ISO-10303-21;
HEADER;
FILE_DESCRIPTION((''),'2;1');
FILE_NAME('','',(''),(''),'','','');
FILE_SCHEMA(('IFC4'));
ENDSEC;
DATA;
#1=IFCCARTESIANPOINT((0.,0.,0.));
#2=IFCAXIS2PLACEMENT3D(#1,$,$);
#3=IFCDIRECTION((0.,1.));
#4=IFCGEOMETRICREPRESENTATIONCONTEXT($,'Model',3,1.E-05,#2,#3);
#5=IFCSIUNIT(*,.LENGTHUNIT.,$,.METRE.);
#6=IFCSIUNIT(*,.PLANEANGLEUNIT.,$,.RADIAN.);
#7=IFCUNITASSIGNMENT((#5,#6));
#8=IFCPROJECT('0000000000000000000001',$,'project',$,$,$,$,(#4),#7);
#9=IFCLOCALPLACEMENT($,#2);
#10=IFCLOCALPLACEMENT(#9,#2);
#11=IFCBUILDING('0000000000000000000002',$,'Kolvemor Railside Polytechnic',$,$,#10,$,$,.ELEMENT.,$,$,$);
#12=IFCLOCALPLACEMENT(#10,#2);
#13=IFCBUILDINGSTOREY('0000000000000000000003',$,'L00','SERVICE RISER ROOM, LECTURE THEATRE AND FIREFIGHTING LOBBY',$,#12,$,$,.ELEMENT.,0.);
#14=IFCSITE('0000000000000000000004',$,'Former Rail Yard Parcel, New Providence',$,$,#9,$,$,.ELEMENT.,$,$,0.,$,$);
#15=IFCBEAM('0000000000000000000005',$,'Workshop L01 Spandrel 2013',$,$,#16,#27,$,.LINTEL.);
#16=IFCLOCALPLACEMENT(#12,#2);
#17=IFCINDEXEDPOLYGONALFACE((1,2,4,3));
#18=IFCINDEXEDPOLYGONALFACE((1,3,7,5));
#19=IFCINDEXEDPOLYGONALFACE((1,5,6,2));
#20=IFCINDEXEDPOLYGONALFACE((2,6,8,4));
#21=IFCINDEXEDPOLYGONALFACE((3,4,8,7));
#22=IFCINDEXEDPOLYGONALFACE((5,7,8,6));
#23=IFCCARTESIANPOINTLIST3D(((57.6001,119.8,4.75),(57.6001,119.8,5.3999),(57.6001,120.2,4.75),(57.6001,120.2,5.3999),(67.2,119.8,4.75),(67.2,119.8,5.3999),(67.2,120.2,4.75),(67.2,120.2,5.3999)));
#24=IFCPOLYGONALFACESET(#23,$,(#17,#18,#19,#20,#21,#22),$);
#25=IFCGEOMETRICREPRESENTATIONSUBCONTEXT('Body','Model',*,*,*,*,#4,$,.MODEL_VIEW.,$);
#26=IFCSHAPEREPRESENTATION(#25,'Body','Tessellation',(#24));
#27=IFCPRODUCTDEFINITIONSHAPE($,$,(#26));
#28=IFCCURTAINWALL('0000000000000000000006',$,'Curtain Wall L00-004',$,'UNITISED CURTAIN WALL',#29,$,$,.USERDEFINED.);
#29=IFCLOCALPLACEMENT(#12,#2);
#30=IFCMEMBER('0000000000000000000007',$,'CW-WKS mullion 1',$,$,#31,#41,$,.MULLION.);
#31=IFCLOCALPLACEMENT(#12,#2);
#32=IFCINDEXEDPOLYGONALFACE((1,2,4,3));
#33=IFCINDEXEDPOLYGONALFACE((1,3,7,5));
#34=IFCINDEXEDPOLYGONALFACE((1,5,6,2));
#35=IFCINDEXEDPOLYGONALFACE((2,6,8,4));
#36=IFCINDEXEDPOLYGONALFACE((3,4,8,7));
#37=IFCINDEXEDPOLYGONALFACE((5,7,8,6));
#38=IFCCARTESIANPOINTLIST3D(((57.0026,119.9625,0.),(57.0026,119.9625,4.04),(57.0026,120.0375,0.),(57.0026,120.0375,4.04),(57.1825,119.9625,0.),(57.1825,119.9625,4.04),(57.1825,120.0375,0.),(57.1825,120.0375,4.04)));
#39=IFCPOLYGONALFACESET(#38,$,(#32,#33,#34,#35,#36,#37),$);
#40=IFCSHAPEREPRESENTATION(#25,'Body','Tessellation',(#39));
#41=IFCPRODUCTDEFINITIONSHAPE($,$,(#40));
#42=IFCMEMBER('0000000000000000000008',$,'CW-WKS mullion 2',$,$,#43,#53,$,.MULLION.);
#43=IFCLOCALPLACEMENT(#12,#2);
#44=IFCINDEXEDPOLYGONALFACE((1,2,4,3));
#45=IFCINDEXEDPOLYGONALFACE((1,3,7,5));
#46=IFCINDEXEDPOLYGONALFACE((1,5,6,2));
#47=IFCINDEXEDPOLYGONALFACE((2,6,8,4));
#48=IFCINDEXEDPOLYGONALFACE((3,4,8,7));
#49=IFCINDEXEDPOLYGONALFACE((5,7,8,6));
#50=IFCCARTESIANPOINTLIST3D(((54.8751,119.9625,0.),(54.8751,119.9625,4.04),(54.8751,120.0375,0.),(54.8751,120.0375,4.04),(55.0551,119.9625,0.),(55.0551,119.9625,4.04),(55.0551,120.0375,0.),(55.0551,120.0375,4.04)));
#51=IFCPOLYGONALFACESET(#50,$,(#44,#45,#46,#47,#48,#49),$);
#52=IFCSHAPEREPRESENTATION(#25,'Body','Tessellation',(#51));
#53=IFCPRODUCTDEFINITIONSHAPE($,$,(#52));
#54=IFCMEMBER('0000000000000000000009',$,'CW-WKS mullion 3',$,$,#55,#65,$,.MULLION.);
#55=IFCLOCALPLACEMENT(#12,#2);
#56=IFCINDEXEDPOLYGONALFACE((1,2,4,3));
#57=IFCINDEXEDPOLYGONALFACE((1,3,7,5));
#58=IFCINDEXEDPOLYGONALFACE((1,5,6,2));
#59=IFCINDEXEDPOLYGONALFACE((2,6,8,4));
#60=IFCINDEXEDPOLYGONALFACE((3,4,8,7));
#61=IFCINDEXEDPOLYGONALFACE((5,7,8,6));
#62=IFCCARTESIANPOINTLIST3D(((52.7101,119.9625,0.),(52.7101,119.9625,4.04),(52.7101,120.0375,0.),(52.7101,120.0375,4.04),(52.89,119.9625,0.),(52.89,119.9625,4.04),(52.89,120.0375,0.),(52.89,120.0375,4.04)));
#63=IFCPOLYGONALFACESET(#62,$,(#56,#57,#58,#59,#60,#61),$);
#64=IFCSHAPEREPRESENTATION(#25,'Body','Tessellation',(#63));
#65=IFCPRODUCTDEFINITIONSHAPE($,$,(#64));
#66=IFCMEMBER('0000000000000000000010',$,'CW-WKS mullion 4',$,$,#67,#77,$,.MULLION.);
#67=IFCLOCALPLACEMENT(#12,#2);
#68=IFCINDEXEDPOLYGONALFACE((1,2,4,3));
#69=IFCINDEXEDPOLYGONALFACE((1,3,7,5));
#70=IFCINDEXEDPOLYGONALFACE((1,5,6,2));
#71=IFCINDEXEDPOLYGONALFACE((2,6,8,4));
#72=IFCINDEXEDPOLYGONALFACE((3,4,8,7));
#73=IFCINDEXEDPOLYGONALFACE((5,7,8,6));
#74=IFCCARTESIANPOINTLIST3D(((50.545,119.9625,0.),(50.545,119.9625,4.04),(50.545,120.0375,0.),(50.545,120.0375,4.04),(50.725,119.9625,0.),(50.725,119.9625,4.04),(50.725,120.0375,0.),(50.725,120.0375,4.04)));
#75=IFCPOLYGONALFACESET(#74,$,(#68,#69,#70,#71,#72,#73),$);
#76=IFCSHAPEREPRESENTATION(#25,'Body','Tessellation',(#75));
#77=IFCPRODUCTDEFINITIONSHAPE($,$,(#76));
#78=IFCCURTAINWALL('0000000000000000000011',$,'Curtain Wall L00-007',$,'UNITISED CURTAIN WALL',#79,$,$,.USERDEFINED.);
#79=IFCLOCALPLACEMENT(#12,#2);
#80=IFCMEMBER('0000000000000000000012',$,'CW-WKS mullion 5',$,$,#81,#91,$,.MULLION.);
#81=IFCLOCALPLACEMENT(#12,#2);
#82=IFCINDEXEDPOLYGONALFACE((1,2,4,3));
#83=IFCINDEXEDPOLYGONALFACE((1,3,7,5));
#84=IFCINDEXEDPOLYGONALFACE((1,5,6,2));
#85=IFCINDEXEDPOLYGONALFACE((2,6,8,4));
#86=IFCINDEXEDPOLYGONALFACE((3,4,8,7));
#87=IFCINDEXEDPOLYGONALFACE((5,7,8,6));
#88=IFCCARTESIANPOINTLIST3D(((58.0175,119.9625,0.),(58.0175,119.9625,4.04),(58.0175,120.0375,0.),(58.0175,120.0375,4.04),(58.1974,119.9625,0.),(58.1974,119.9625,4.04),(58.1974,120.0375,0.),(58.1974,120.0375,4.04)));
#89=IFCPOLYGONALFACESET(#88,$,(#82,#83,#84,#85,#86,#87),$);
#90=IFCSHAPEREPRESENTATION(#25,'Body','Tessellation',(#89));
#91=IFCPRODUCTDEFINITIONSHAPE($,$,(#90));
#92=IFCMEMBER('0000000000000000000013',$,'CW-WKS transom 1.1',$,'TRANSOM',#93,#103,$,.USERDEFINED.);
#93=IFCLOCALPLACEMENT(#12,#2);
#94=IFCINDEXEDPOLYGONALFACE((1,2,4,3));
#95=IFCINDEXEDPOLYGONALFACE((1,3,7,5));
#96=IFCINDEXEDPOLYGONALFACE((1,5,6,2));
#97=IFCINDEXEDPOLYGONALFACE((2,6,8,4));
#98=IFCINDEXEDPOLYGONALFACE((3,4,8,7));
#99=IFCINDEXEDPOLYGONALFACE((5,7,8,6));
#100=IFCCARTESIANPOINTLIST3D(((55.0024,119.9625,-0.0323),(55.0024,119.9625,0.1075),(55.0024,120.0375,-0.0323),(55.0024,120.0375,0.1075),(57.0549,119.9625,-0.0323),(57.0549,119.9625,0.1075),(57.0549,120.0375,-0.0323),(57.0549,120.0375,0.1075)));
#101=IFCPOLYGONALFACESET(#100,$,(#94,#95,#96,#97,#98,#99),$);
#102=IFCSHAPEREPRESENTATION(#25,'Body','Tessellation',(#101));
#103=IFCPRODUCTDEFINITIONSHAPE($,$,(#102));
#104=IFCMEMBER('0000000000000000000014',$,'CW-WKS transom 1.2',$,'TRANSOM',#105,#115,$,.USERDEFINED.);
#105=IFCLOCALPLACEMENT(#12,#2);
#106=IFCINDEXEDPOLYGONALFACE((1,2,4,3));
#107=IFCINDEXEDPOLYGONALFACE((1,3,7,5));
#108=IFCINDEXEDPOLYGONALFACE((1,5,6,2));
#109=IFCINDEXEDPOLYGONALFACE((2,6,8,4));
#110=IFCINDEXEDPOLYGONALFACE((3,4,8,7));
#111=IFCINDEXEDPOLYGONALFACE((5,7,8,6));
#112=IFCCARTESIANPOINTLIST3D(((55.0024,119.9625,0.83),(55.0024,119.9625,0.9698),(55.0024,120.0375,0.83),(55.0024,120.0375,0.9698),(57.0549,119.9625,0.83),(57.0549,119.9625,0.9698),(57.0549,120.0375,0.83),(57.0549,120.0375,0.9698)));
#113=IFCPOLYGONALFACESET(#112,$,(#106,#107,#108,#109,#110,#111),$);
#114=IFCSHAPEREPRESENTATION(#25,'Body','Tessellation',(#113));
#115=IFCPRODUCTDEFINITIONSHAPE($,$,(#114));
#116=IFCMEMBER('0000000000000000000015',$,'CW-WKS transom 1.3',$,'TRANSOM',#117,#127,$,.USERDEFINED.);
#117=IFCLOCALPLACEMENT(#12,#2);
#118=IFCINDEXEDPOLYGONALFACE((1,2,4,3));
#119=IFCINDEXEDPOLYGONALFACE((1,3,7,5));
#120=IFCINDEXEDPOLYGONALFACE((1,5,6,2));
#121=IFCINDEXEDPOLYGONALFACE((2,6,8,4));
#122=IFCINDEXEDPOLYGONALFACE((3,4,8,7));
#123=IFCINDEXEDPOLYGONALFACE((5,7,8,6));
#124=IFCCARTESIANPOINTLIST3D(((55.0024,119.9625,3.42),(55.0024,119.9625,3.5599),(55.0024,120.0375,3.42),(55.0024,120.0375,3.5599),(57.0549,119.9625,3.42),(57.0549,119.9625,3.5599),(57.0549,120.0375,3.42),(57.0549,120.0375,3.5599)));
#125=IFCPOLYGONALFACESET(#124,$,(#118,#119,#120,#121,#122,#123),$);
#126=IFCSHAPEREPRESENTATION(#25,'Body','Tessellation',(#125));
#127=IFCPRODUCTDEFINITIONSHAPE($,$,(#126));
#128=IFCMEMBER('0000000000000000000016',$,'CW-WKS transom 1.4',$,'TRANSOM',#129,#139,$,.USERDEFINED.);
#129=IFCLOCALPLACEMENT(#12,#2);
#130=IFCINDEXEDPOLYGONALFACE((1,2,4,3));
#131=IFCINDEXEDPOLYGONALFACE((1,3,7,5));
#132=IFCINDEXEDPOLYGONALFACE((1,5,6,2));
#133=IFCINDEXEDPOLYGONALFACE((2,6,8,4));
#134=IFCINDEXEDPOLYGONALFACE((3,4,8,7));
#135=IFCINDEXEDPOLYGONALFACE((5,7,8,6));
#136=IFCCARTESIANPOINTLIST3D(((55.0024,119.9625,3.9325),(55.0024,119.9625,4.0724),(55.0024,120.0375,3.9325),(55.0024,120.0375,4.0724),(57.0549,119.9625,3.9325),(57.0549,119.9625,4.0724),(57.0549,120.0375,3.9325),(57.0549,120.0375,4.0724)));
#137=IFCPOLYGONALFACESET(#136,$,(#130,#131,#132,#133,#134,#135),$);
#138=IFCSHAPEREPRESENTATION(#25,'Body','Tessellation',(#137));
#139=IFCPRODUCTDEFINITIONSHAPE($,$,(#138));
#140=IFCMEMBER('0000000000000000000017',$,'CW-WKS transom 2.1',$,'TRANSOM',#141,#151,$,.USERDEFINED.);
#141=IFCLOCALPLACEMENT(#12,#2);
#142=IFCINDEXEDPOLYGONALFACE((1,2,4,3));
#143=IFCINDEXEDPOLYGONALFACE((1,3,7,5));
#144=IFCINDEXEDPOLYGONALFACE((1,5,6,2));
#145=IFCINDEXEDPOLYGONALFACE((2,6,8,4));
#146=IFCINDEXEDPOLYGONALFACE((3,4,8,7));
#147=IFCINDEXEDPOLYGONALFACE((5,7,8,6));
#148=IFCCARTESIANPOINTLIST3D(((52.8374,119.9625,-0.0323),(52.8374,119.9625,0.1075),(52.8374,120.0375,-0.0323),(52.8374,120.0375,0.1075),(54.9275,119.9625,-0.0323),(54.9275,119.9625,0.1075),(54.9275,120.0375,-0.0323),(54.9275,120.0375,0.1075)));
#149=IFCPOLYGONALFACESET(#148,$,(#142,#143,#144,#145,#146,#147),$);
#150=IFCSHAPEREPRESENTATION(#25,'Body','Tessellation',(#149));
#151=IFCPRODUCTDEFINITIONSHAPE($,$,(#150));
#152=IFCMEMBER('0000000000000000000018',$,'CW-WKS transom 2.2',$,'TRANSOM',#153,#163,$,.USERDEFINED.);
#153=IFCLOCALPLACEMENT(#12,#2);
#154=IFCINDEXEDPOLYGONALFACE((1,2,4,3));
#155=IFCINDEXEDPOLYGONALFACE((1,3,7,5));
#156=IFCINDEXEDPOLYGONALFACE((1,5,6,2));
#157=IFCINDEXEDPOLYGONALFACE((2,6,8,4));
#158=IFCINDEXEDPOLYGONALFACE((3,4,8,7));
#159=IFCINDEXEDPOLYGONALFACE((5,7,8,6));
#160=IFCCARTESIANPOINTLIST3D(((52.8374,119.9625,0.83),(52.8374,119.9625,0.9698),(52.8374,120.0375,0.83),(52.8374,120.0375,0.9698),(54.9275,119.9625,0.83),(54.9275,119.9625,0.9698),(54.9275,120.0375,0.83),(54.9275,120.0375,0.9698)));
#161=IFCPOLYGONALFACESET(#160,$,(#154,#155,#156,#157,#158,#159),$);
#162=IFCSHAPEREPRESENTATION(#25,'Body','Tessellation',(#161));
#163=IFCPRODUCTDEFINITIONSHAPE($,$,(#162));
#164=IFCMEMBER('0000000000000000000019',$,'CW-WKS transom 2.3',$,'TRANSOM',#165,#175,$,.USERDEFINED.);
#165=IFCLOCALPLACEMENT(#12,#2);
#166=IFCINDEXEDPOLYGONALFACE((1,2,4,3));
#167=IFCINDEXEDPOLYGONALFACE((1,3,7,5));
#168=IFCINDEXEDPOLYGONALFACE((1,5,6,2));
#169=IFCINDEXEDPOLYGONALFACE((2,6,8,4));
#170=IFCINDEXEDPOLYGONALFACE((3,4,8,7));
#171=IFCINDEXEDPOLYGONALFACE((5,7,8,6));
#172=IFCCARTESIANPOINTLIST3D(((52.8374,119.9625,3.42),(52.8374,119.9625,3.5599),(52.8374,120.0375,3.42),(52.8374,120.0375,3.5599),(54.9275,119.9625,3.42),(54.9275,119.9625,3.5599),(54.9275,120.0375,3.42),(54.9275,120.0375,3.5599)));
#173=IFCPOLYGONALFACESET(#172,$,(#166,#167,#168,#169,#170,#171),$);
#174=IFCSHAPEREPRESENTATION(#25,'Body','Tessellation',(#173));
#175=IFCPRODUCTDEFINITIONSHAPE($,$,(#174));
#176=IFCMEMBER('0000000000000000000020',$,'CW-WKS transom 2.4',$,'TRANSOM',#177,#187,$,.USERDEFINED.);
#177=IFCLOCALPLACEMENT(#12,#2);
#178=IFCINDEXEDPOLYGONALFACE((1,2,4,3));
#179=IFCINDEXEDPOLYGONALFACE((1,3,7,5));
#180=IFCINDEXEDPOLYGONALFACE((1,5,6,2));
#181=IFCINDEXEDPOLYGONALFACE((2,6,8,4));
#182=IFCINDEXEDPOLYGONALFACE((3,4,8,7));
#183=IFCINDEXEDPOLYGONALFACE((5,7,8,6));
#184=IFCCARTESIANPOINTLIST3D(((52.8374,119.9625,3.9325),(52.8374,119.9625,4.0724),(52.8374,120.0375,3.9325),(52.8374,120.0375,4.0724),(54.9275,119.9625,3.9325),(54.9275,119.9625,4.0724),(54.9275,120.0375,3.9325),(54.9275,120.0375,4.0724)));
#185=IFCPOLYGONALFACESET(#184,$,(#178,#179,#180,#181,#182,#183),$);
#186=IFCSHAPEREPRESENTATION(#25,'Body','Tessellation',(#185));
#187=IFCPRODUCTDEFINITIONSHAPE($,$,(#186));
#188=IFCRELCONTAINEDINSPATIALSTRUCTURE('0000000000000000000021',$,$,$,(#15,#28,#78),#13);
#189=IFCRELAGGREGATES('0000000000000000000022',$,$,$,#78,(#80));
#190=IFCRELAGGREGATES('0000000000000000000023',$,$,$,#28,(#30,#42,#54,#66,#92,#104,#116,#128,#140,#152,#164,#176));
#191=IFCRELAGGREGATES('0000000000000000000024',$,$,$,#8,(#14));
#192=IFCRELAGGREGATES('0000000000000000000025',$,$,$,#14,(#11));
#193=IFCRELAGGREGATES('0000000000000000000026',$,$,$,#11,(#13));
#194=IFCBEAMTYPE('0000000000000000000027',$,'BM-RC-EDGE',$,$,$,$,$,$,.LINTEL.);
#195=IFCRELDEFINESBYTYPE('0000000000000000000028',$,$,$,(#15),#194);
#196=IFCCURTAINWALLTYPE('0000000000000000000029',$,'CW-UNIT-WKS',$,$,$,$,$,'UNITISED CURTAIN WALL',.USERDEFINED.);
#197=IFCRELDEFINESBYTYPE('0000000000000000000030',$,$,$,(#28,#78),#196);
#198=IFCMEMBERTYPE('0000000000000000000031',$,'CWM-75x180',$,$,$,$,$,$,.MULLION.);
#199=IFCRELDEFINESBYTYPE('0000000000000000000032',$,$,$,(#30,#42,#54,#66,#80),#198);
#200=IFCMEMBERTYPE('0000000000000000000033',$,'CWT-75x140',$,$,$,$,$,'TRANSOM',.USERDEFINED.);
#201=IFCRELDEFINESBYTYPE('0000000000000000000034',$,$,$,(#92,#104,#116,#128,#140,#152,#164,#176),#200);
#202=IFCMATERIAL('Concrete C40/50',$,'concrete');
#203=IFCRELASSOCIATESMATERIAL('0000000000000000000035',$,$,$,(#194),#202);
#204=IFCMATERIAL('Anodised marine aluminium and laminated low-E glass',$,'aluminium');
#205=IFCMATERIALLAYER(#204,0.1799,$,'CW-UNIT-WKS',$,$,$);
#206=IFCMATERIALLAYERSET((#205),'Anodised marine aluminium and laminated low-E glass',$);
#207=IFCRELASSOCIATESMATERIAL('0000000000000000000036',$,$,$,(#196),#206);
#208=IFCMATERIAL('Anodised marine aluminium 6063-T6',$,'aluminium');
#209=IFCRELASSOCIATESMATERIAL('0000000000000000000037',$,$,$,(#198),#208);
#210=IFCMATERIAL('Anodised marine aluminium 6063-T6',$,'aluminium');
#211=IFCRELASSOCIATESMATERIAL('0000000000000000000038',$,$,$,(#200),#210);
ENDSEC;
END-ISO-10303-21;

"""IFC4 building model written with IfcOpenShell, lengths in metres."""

from ifc_helpers import new_model, si_unit, direction, frame, origin, origin_2d, place, context, subcontext, project, spatial, rectangle, extrude, material, layer, layer_set, material_profile, profile_set, type_object, element, aggregate, save


model = new_model("IFC4")

# Units and contexts
model_context = context("Model", 3, precision=1e-05, world=origin(), true_north=direction((0.0, 1.0)))
body_context = subcontext(model_context, "Body", "Model", "MODEL_VIEW")
ifc_project = project(units=[si_unit("LENGTHUNIT", "METRE"), si_unit("PLANEANGLEUNIT", "RADIAN")], contexts=[model_context])

# Site, building, storey
site_placement = place(None, origin())
site = spatial("IfcSite", under=ifc_project, at=site_placement, Name="Former Rail Yard Parcel, New Providence", CompositionType="ELEMENT", RefElevation=0.0)
building_placement = place(site_placement, origin())
building = spatial("IfcBuilding", under=site, at=building_placement, Name="Kolvemor Railside Polytechnic", CompositionType="ELEMENT")
storey_placement = place(building_placement, origin())
storey = spatial("IfcBuildingStorey", under=building, at=storey_placement, Name="L00", Description="SERVICE RISER ROOM, LECTURE THEATRE AND FIREFIGHTING LOBBY", CompositionType="ELEMENT", Elevation=0.0)

# Beam
ifc_material_1 = material(Name="Concrete C40/50", Category="concrete")
ifc_material_profile_1 = material_profile(ifc_material_1, rectangle(XDim=0.3999, YDim=0.6499, at=origin_2d()), Name="RC400x650")
ifc_profile_set_1 = profile_set([ifc_material_profile_1], Name="Concrete C40/50")
beam_type = type_object("IfcBeamType", Name="BM-RC-EDGE", PredefinedType="LINTEL", material=ifc_profile_set_1)
beam_placement = place(storey_placement, frame((57.6001, 120.0, 5.075), z_axis=(1.0, 0.0, 0.0), x_axis=(0.0, 1.0, 0.0)))
element("IfcBeam", 1, at=beam_placement, inside=storey, type_object=beam_type, Name="Workshop L01 Spandrel 2013", PredefinedType="LINTEL", context=body_context, shape_type="SweptSolid", body=[
    extrude(rectangle(XDim=0.3999, YDim=0.6499, at=origin_2d()), origin(), (0.0, 0.0, 1.0), 9.5999),
])

# Curtain wall, members
ifc_material_2 = material(Name="Anodised marine aluminium and laminated low-E glass", Category="aluminium")
ifc_layer_1 = layer(ifc_material_2, 0.1799, Name="CW-UNIT-WKS")
ifc_layer_set_1 = layer_set([ifc_layer_1], Name="Anodised marine aluminium and laminated low-E glass")
curtain_wall_type = type_object("IfcCurtainWallType", Name="CW-UNIT-WKS", ElementType="UNITISED CURTAIN WALL", PredefinedType="USERDEFINED", material=ifc_layer_set_1)
curtain_wall_1_placement = place(storey_placement, origin())
curtain_wall_1 = element("IfcCurtainWall", 2, at=curtain_wall_1_placement, inside=storey, type_object=curtain_wall_type, Name="Curtain Wall L00-004", ObjectType="UNITISED CURTAIN WALL", PredefinedType="USERDEFINED")
ifc_material_3 = material(Name="Anodised marine aluminium 6063-T6", Category="aluminium")
ifc_material_profile_2 = material_profile(ifc_material_3, rectangle(XDim=0.075, YDim=0.1799, at=origin_2d()), Name="CW-MUL-75x180")
ifc_profile_set_2 = profile_set([ifc_material_profile_2], Name="Anodised marine aluminium 6063-T6")
member_type_1 = type_object("IfcMemberType", Name="CWM-75x180", PredefinedType="MULLION", material=ifc_profile_set_2)
member_1_placement = place(storey_placement, frame((57.0925, 120.0, 0.0), z_axis=(0.0, 0.0, 1.0), x_axis=(0.0, -1.0, 0.0)))
member_1 = element("IfcMember", 3, at=member_1_placement, type_object=member_type_1, Name="CW-WKS mullion 1", PredefinedType="MULLION", context=body_context, shape_type="SweptSolid", body=[
    extrude(rectangle(XDim=0.075, YDim=0.1799, at=origin_2d()), origin(), (0.0, 0.0, 1.0), 4.04),
])
member_2_placement = place(storey_placement, frame((54.9651, 120.0, 0.0), z_axis=(0.0, 0.0, 1.0), x_axis=(0.0, -1.0, 0.0)))
member_2 = element("IfcMember", 4, at=member_2_placement, type_object=member_type_1, Name="CW-WKS mullion 2", PredefinedType="MULLION", context=body_context, shape_type="SweptSolid", body=[
    extrude(rectangle(XDim=0.075, YDim=0.1799, at=origin_2d()), origin(), (0.0, 0.0, 1.0), 4.04),
])
member_3_placement = place(storey_placement, frame((52.8, 120.0, 0.0), z_axis=(0.0, 0.0, 1.0), x_axis=(0.0, -1.0, 0.0)))
member_3 = element("IfcMember", 5, at=member_3_placement, type_object=member_type_1, Name="CW-WKS mullion 3", PredefinedType="MULLION", context=body_context, shape_type="SweptSolid", body=[
    extrude(rectangle(XDim=0.075, YDim=0.1799, at=origin_2d()), origin(), (0.0, 0.0, 1.0), 4.04),
])
member_4_placement = place(storey_placement, frame((50.635, 120.0, 0.0), z_axis=(0.0, 0.0, 1.0), x_axis=(0.0, -1.0, 0.0)))
member_4 = element("IfcMember", 6, at=member_4_placement, type_object=member_type_1, Name="CW-WKS mullion 4", PredefinedType="MULLION", context=body_context, shape_type="SweptSolid", body=[
    extrude(rectangle(XDim=0.075, YDim=0.1799, at=origin_2d()), origin(), (0.0, 0.0, 1.0), 4.04),
])

# Curtain wall, member
curtain_wall_2_placement = place(storey_placement, origin())
curtain_wall_2 = element("IfcCurtainWall", 7, at=curtain_wall_2_placement, inside=storey, type_object=curtain_wall_type, Name="Curtain Wall L00-007", ObjectType="UNITISED CURTAIN WALL", PredefinedType="USERDEFINED")
member_5_placement = place(storey_placement, frame((58.1074, 120.0, 0.0), z_axis=(0.0, 0.0, 1.0), x_axis=(0.0, -1.0, 0.0)))
member_5 = element("IfcMember", 8, at=member_5_placement, type_object=member_type_1, Name="CW-WKS mullion 5", PredefinedType="MULLION", context=body_context, shape_type="SweptSolid", body=[
    extrude(rectangle(XDim=0.075, YDim=0.1799, at=origin_2d()), origin(), (0.0, 0.0, 1.0), 4.04),
])
aggregate(curtain_wall_2, [member_5])

# Members
ifc_material_4 = material(Name="Anodised marine aluminium 6063-T6", Category="aluminium")
ifc_material_profile_3 = material_profile(ifc_material_4, rectangle(XDim=0.075, YDim=0.1399, at=origin_2d()), Name="CW-TRN-75x140")
ifc_profile_set_3 = profile_set([ifc_material_profile_3], Name="Anodised marine aluminium 6063-T6")
member_type_2 = type_object("IfcMemberType", Name="CWT-75x140", ElementType="TRANSOM", PredefinedType="USERDEFINED", material=ifc_profile_set_3)
member_6_placement = place(storey_placement, frame((57.0549, 120.0, 0.0376), z_axis=(-1.0, 0.0, 0.0), x_axis=(0.0, -1.0, 0.0)))
member_6 = element("IfcMember", 9, at=member_6_placement, type_object=member_type_2, Name="CW-WKS transom 1.1", ObjectType="TRANSOM", PredefinedType="USERDEFINED", context=body_context, shape_type="SweptSolid", body=[
    extrude(rectangle(XDim=0.075, YDim=0.1399, at=origin_2d()), origin(), (0.0, 0.0, 1.0), 2.0525),
])
member_7_placement = place(storey_placement, frame((57.0549, 120.0, 0.8999), z_axis=(-1.0, 0.0, 0.0), x_axis=(0.0, -1.0, 0.0)))
member_7 = element("IfcMember", 10, at=member_7_placement, type_object=member_type_2, Name="CW-WKS transom 1.2", ObjectType="TRANSOM", PredefinedType="USERDEFINED", context=body_context, shape_type="SweptSolid", body=[
    extrude(rectangle(XDim=0.075, YDim=0.1399, at=origin_2d()), origin(), (0.0, 0.0, 1.0), 2.0525),
])
member_8_placement = place(storey_placement, frame((57.0549, 120.0, 3.49), z_axis=(-1.0, 0.0, 0.0), x_axis=(0.0, -1.0, 0.0)))
member_8 = element("IfcMember", 11, at=member_8_placement, type_object=member_type_2, Name="CW-WKS transom 1.3", ObjectType="TRANSOM", PredefinedType="USERDEFINED", context=body_context, shape_type="SweptSolid", body=[
    extrude(rectangle(XDim=0.075, YDim=0.1399, at=origin_2d()), origin(), (0.0, 0.0, 1.0), 2.0525),
])
member_9_placement = place(storey_placement, frame((57.0549, 120.0, 4.0024), z_axis=(-1.0, 0.0, 0.0), x_axis=(0.0, -1.0, 0.0)))
member_9 = element("IfcMember", 12, at=member_9_placement, type_object=member_type_2, Name="CW-WKS transom 1.4", ObjectType="TRANSOM", PredefinedType="USERDEFINED", context=body_context, shape_type="SweptSolid", body=[
    extrude(rectangle(XDim=0.075, YDim=0.1399, at=origin_2d()), origin(), (0.0, 0.0, 1.0), 2.0525),
])
member_10_placement = place(storey_placement, frame((54.9275, 120.0, 0.0376), z_axis=(-1.0, 0.0, 0.0), x_axis=(0.0, -1.0, 0.0)))
member_10 = element("IfcMember", 13, at=member_10_placement, type_object=member_type_2, Name="CW-WKS transom 2.1", ObjectType="TRANSOM", PredefinedType="USERDEFINED", context=body_context, shape_type="SweptSolid", body=[
    extrude(rectangle(XDim=0.075, YDim=0.1399, at=origin_2d()), origin(), (0.0, 0.0, 1.0), 2.0901),
])
member_11_placement = place(storey_placement, frame((54.9275, 120.0, 0.8999), z_axis=(-1.0, 0.0, 0.0), x_axis=(0.0, -1.0, 0.0)))
member_11 = element("IfcMember", 14, at=member_11_placement, type_object=member_type_2, Name="CW-WKS transom 2.2", ObjectType="TRANSOM", PredefinedType="USERDEFINED", context=body_context, shape_type="SweptSolid", body=[
    extrude(rectangle(XDim=0.075, YDim=0.1399, at=origin_2d()), origin(), (0.0, 0.0, 1.0), 2.0901),
])
member_12_placement = place(storey_placement, frame((54.9275, 120.0, 3.49), z_axis=(-1.0, 0.0, 0.0), x_axis=(0.0, -1.0, 0.0)))
member_12 = element("IfcMember", 15, at=member_12_placement, type_object=member_type_2, Name="CW-WKS transom 2.3", ObjectType="TRANSOM", PredefinedType="USERDEFINED", context=body_context, shape_type="SweptSolid", body=[
    extrude(rectangle(XDim=0.075, YDim=0.1399, at=origin_2d()), origin(), (0.0, 0.0, 1.0), 2.0901),
])
member_13_placement = place(storey_placement, frame((54.9275, 120.0, 4.0024), z_axis=(-1.0, 0.0, 0.0), x_axis=(0.0, -1.0, 0.0)))
member_13 = element("IfcMember", 16, at=member_13_placement, type_object=member_type_2, Name="CW-WKS transom 2.4", ObjectType="TRANSOM", PredefinedType="USERDEFINED", context=body_context, shape_type="SweptSolid", body=[
    extrude(rectangle(XDim=0.075, YDim=0.1399, at=origin_2d()), origin(), (0.0, 0.0, 1.0), 2.0901),
])

aggregate(curtain_wall_1, [member_1, member_2, member_3, member_4, member_6, member_7, member_8, member_9, member_10, member_11, member_12, member_13])

save(model, "model.ifc")
